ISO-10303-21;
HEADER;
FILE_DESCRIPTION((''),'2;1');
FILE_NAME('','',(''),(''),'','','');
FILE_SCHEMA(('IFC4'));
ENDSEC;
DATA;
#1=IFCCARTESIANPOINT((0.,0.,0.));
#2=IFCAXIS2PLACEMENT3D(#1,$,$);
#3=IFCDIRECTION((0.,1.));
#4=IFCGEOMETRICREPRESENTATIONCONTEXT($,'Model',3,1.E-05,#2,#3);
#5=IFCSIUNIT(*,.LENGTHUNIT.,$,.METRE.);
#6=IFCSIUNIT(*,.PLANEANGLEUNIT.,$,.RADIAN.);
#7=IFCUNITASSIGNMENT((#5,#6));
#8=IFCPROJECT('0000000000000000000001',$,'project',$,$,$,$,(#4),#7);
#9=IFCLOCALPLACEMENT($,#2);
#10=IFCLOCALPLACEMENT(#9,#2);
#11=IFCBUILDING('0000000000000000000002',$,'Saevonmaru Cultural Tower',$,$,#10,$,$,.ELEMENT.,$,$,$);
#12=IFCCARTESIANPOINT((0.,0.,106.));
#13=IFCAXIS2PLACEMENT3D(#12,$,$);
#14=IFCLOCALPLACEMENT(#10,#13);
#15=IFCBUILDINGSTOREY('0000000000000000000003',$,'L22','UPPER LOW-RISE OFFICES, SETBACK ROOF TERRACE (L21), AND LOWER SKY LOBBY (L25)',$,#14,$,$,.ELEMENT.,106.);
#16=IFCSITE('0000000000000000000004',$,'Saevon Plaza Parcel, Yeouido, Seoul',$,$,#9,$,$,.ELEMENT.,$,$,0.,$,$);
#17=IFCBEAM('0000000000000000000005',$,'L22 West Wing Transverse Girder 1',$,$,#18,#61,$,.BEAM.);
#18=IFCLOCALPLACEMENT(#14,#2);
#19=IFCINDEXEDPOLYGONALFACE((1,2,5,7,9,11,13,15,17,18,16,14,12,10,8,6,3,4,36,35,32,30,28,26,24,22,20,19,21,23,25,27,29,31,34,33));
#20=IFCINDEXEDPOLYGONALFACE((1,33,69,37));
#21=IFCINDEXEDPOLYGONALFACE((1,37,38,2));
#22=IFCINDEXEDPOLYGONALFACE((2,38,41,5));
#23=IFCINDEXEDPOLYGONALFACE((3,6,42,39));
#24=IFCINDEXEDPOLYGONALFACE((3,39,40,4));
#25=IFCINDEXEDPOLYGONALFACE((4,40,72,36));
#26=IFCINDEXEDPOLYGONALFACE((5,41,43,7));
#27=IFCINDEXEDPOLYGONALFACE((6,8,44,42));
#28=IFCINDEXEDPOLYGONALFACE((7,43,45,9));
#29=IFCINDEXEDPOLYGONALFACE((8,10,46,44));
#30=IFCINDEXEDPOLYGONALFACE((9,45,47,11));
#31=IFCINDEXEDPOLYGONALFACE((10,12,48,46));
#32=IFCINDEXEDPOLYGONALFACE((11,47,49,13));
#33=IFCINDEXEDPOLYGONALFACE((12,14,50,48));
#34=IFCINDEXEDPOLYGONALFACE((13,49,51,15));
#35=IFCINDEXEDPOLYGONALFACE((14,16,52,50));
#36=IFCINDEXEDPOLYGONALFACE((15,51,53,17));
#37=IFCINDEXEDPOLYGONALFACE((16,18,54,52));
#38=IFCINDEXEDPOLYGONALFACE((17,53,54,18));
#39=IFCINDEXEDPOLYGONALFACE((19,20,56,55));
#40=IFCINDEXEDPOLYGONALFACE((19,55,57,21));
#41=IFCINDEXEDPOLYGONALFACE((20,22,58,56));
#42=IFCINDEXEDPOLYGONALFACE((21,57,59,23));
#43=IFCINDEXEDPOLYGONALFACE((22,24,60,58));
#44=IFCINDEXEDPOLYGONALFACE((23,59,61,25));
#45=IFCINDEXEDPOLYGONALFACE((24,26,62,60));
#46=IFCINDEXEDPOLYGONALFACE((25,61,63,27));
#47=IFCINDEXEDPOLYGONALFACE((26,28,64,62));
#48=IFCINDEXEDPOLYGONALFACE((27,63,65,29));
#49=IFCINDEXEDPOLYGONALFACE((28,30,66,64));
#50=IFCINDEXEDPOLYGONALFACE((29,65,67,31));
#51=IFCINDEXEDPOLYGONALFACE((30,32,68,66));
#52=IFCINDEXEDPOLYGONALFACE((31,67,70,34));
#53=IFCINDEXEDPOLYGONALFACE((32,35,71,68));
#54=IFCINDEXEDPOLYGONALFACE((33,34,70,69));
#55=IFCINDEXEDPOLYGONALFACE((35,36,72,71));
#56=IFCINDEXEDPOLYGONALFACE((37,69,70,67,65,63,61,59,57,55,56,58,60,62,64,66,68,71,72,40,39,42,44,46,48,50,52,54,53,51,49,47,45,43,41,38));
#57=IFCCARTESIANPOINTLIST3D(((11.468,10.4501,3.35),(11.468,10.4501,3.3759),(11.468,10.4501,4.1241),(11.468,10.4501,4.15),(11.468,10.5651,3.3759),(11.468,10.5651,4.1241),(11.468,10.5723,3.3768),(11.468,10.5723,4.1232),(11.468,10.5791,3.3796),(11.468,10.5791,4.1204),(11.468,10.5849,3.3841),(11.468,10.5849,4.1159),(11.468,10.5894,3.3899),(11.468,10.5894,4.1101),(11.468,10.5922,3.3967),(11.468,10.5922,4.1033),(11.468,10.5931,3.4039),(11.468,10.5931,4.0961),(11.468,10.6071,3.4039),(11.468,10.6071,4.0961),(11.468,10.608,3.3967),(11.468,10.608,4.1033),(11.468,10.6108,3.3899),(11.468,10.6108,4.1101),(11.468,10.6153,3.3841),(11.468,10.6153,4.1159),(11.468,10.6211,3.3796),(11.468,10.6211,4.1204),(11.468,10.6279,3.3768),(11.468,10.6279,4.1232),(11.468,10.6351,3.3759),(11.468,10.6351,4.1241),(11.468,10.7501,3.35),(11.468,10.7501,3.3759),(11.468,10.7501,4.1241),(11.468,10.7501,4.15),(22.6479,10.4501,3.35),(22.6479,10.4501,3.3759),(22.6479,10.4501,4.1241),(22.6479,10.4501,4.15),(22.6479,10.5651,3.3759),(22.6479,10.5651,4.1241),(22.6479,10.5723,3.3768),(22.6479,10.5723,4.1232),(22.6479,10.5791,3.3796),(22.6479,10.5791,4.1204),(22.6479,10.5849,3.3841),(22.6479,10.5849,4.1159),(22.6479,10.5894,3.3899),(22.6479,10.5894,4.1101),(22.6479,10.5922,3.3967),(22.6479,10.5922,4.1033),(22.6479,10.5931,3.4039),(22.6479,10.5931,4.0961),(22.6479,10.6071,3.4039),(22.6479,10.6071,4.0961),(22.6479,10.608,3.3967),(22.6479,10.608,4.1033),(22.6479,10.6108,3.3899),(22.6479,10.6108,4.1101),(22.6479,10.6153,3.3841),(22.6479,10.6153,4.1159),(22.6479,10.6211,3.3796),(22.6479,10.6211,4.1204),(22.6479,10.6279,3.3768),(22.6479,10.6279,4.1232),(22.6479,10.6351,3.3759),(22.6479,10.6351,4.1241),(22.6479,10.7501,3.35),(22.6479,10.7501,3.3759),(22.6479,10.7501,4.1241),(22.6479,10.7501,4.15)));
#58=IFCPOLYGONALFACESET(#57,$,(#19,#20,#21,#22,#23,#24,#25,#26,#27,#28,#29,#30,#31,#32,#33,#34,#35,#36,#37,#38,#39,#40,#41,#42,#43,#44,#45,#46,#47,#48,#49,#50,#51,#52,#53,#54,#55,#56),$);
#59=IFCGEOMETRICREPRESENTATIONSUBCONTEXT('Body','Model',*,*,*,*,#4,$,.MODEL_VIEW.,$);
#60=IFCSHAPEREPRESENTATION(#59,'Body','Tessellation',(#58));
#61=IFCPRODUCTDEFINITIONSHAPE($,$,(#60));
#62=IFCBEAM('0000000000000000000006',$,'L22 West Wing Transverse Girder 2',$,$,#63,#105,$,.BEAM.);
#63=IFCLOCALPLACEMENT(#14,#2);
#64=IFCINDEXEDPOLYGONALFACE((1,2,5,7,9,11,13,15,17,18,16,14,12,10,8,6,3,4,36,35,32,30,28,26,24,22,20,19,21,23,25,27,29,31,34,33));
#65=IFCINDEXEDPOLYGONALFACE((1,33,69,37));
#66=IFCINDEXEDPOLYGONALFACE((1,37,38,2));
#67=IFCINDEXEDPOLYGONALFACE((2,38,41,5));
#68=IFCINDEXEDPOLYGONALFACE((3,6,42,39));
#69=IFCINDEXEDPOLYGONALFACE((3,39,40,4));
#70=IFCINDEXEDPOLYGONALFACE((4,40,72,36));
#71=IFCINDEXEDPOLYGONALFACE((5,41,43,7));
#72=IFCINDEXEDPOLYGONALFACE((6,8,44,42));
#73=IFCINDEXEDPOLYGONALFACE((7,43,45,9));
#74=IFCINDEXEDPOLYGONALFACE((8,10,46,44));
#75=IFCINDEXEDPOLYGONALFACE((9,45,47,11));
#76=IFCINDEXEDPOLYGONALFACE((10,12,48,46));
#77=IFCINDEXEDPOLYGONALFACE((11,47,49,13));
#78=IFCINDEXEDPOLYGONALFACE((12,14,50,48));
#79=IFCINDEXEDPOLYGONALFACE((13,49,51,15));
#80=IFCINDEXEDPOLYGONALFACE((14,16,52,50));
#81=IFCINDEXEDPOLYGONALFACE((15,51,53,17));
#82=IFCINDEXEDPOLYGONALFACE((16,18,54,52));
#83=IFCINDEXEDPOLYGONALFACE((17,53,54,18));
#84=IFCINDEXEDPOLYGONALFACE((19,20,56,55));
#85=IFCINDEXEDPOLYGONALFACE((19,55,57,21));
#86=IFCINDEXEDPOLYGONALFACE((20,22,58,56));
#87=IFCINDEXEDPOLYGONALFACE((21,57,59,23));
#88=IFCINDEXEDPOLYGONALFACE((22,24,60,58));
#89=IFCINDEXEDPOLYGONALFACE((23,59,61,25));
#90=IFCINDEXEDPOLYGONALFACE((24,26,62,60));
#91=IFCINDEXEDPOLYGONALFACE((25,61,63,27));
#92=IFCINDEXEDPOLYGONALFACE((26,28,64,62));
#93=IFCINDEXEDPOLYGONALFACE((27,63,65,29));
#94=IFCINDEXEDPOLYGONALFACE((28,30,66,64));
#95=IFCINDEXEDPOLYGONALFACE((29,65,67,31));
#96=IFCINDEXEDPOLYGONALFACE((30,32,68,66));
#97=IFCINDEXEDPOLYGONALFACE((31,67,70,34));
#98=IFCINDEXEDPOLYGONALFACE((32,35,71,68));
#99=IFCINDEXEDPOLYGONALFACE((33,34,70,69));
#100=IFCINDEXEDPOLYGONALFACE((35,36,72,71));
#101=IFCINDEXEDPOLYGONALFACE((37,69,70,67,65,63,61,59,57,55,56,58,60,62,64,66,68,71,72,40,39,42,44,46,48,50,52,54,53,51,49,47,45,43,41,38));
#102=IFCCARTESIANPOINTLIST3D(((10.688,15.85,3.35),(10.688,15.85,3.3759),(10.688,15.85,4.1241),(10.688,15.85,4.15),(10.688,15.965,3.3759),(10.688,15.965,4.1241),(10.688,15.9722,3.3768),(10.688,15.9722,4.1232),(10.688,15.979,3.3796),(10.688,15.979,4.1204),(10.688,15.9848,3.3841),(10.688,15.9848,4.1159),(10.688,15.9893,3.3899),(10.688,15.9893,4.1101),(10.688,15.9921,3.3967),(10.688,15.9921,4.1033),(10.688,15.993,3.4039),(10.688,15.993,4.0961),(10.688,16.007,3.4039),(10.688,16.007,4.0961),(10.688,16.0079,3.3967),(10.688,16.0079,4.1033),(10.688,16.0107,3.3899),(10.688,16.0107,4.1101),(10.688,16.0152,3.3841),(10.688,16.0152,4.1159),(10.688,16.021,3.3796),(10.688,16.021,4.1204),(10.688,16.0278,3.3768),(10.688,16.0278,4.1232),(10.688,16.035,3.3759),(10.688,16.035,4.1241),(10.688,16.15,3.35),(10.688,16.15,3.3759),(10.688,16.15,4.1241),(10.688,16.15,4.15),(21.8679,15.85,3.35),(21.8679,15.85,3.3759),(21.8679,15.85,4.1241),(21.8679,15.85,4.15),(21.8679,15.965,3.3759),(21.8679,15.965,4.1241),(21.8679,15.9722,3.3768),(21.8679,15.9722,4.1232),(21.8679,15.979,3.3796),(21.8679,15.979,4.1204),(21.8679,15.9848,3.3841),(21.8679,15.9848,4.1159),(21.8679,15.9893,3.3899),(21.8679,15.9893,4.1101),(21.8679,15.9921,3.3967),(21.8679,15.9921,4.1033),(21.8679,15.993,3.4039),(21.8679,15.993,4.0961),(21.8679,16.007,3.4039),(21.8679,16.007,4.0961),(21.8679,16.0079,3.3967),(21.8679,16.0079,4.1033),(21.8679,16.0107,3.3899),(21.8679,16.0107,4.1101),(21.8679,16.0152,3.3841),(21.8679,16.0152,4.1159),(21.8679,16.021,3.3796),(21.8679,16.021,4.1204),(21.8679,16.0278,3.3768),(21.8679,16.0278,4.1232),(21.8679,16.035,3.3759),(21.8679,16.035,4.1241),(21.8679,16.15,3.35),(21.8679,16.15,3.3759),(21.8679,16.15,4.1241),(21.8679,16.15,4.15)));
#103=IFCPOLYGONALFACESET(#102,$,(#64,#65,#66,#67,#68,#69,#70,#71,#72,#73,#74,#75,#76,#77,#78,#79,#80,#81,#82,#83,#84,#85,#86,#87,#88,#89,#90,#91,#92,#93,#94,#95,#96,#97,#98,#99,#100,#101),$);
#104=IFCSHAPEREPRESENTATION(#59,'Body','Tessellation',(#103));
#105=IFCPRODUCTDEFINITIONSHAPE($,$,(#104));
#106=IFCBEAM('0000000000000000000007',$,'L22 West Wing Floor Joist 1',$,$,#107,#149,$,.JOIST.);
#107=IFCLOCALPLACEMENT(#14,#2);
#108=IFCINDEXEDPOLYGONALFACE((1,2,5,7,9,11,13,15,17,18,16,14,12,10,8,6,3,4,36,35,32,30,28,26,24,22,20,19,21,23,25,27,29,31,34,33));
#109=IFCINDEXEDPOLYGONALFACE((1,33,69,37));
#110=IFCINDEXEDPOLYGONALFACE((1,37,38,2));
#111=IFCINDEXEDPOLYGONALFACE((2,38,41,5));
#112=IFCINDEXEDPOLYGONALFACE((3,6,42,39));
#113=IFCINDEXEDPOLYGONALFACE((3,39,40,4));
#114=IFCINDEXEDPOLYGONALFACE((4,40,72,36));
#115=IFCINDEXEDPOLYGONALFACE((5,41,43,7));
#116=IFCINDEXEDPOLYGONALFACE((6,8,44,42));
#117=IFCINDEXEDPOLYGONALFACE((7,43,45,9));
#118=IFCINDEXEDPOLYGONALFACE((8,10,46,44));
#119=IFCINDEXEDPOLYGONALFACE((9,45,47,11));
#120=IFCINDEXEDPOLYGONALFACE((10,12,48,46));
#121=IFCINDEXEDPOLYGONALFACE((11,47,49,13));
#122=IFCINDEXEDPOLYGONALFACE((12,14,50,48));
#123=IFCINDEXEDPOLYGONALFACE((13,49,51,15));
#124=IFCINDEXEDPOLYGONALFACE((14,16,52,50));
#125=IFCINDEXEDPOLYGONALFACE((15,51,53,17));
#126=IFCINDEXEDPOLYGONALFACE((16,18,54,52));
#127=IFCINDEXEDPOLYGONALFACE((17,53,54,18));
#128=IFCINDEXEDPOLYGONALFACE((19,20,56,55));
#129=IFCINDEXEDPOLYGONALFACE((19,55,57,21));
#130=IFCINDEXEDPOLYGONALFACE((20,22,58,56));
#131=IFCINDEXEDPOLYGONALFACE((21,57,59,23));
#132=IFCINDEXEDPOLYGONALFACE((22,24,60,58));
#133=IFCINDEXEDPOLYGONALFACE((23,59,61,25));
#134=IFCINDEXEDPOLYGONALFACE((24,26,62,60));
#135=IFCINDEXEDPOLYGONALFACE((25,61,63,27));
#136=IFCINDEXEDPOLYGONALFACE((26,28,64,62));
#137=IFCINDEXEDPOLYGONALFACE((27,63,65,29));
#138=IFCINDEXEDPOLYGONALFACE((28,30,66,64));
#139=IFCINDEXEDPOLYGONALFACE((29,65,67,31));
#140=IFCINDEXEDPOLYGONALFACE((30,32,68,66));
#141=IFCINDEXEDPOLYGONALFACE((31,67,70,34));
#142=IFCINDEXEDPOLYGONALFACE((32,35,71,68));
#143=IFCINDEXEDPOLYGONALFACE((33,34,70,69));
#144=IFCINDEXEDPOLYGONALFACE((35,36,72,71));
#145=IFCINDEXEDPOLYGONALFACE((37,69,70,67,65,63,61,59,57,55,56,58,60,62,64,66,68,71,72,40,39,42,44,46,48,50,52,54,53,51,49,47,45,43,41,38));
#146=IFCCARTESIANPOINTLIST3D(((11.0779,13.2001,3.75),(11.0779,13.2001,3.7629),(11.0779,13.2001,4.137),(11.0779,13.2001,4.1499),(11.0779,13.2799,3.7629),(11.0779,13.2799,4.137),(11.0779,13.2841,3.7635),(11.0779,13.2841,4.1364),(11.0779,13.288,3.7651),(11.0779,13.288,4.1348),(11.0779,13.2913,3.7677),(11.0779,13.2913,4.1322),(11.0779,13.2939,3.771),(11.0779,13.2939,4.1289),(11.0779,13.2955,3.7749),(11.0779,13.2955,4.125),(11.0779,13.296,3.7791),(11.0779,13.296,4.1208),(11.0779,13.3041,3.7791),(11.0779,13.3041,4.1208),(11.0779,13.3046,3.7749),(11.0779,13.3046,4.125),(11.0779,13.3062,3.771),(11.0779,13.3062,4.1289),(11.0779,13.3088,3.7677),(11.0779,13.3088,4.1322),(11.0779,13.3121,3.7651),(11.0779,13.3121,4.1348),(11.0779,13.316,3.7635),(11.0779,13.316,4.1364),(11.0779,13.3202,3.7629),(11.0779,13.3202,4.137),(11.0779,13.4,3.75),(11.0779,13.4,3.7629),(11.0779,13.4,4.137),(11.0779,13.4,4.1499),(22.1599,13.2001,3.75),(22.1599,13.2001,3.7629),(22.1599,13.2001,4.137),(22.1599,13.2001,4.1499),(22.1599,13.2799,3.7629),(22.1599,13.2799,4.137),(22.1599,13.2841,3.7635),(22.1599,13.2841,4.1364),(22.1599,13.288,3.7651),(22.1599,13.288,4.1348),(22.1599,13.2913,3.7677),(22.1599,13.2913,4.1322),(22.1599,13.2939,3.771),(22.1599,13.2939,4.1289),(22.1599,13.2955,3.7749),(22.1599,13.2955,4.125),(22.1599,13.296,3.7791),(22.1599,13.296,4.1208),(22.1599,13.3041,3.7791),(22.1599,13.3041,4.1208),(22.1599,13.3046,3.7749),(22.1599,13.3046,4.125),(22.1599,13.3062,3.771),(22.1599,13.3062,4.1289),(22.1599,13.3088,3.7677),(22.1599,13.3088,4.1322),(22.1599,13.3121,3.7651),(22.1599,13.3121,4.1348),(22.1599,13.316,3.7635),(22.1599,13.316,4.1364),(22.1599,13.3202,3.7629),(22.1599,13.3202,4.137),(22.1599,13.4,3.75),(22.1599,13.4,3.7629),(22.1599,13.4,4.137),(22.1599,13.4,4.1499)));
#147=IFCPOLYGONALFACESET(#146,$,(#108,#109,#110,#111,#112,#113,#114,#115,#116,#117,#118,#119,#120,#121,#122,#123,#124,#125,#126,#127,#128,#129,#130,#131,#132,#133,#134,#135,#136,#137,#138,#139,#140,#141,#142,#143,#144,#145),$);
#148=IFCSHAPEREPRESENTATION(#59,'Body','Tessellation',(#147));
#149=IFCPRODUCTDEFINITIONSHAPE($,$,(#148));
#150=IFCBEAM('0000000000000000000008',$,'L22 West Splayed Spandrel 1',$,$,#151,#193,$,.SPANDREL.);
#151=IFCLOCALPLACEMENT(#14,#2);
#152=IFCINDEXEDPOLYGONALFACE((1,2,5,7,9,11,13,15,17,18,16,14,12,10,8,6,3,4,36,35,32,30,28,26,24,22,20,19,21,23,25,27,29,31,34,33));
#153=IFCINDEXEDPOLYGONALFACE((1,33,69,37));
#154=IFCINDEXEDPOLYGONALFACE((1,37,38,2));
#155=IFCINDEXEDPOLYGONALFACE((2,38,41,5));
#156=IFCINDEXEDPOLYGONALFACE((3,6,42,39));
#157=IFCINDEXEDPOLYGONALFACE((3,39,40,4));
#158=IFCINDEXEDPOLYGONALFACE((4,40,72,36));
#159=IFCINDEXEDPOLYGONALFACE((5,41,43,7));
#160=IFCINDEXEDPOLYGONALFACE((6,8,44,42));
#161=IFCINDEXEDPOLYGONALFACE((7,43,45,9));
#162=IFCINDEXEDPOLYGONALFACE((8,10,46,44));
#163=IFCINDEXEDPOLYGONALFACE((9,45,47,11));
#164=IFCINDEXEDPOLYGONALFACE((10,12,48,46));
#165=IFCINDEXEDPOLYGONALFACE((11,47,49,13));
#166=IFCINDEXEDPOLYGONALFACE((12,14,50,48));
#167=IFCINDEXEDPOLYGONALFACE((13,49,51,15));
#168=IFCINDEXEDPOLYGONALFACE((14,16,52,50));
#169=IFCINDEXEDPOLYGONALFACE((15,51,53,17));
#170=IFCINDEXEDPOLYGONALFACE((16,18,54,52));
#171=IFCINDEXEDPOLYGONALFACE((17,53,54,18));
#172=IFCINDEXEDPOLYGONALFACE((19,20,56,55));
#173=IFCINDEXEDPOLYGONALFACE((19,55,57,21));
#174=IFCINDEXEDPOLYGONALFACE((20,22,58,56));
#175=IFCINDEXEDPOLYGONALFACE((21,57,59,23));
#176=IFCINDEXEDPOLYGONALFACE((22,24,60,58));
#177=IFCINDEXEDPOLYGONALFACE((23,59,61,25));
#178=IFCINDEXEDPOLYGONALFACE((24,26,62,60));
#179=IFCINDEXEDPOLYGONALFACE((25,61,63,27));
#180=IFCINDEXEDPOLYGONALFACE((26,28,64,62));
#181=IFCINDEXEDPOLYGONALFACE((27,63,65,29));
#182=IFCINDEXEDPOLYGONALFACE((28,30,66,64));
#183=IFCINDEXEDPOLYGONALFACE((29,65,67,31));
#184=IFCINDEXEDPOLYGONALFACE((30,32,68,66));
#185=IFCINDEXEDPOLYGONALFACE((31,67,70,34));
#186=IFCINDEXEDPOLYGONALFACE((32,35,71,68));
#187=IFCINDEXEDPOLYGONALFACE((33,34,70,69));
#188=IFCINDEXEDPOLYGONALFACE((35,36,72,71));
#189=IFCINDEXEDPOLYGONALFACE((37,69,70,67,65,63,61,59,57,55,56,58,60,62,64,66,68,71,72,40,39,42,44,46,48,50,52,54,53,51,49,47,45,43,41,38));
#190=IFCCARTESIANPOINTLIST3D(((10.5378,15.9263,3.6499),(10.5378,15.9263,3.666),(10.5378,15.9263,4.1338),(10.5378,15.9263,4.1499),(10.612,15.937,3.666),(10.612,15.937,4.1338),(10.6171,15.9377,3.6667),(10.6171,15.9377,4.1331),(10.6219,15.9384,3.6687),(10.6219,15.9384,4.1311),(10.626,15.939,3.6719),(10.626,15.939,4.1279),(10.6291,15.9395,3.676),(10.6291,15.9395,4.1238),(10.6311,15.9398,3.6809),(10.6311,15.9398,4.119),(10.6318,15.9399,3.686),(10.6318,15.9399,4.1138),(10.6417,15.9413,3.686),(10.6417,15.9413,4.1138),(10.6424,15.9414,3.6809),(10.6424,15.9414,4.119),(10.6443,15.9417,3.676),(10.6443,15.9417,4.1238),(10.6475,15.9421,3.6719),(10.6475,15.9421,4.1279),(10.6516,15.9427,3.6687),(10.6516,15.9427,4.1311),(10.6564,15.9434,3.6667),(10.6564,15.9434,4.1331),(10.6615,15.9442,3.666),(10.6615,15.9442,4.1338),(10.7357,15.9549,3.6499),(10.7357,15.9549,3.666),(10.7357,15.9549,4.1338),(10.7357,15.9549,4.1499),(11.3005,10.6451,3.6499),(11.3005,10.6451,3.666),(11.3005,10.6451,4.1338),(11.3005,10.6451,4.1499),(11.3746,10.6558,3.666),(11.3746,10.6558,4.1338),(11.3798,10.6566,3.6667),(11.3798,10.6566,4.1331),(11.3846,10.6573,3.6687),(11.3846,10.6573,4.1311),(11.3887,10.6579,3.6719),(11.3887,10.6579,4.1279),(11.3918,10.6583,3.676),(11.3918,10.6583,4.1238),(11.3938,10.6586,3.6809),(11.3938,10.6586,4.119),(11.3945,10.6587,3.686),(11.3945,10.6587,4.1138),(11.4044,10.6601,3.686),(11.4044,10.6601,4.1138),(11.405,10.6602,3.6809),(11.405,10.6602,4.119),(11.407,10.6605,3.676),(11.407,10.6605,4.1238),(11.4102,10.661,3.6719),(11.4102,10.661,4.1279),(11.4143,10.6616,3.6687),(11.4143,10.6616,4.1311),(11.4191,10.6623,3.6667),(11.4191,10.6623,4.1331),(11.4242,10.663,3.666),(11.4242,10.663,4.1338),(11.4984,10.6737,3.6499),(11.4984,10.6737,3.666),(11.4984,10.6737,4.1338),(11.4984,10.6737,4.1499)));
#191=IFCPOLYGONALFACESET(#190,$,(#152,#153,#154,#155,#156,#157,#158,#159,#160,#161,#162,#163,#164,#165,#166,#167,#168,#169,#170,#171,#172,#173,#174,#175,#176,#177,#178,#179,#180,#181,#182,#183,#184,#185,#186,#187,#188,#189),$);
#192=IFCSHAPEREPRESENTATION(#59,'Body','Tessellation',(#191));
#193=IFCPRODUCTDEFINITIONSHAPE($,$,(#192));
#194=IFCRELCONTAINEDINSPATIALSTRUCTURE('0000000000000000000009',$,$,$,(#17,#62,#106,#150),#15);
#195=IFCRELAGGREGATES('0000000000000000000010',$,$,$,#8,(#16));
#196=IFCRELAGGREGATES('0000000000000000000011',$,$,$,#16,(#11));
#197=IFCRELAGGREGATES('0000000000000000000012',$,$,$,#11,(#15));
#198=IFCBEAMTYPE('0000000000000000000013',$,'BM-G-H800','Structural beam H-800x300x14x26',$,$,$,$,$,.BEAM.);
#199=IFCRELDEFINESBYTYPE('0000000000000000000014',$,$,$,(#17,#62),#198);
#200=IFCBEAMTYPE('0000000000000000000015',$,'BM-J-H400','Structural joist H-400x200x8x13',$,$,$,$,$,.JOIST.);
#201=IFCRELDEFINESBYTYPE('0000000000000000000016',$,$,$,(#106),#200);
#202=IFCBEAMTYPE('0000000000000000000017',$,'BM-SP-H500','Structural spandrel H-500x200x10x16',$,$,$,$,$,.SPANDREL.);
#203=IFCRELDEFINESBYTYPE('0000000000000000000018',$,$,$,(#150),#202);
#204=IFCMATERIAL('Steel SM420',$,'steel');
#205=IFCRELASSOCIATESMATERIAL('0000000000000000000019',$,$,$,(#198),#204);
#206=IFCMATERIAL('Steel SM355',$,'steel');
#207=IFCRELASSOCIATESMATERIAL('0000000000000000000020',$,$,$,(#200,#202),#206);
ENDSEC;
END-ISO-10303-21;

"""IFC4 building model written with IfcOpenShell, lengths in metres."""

from ifc_helpers import new_model, si_unit, direction, frame, origin, origin_2d, place, context, subcontext, project, spatial, i_section, extrude, material, material_profile, profile_set, type_object, element, save


model = new_model("IFC4")

# Units and contexts
model_context = context("Model", 3, precision=1e-05, world=origin(), true_north=direction((0.0, 1.0)))
body_context = subcontext(model_context, "Body", "Model", "MODEL_VIEW")
ifc_project = project(units=[si_unit("LENGTHUNIT", "METRE"), si_unit("PLANEANGLEUNIT", "RADIAN")], contexts=[model_context])

# Site, building, storey
site_placement = place(None, origin())
site = spatial("IfcSite", under=ifc_project, at=site_placement, Name="Saevon Plaza Parcel, Yeouido, Seoul", CompositionType="ELEMENT", RefElevation=0.0)
building_placement = place(site_placement, origin())
building = spatial("IfcBuilding", under=site, at=building_placement, Name="Saevonmaru Cultural Tower", CompositionType="ELEMENT")
storey_placement = place(building_placement, frame((0.0, 0.0, 106.0)))
storey = spatial("IfcBuildingStorey", under=building, at=storey_placement, Name="L22", Description="UPPER LOW-RISE OFFICES, SETBACK ROOF TERRACE (L21), AND LOWER SKY LOBBY (L25)", CompositionType="ELEMENT", Elevation=106.0)

# Shared definitions
ifc_material_1 = material(Name="Steel SM420", Category="steel")
ifc_material_2 = material(Name="Steel SM355", Category="steel")

# Beams
ifc_material_profile_1 = material_profile(ifc_material_1, i_section(OverallWidth=0.3, OverallDepth=0.8, WebThickness=0.0139, FlangeThickness=0.0259, FilletRadius=0.0281, at=origin_2d()), Name="H-800x300x14x26")
ifc_profile_set_1 = profile_set([ifc_material_profile_1], Name="Steel SM420")
beam_type_1 = type_object("IfcBeamType", Name="BM-G-H800", Description="Structural beam H-800x300x14x26", PredefinedType="BEAM", material=ifc_profile_set_1)
for number, where, z_axis, x_axis, name in (
    (1, (11.468, 10.6001, 3.75), (1.0, 0.0, 0.0), (0.0, 1.0, 0.0), "L22 West Wing Transverse Girder 1"),
    (2, (10.688, 16.0, 3.75), (1.0, 0.0, 0.0), (0.0, 1.0, 0.0), "L22 West Wing Transverse Girder 2"),
):
    element("IfcBeam", number, at=place(storey_placement, frame(where, z_axis=z_axis, x_axis=x_axis)), inside=storey, type_object=beam_type_1, Name=name, PredefinedType="BEAM", context=body_context, shape_type="SweptSolid", body=[
        extrude(i_section(OverallWidth=0.3, OverallDepth=0.8, WebThickness=0.0139, FlangeThickness=0.0259, FilletRadius=0.0281, at=origin_2d()), origin(), (0.0, 0.0, 1.0), 11.1799),
    ])
ifc_material_profile_2 = material_profile(ifc_material_2, i_section(OverallWidth=0.2, OverallDepth=0.3999, WebThickness=0.0081, FlangeThickness=0.0129, FilletRadius=0.0161, at=origin_2d()), Name="H-400x200x8x13")
ifc_profile_set_2 = profile_set([ifc_material_profile_2], Name="Steel SM355")
beam_type_2 = type_object("IfcBeamType", Name="BM-J-H400", Description="Structural joist H-400x200x8x13", PredefinedType="JOIST", material=ifc_profile_set_2)
beam_1_placement = place(storey_placement, frame((11.0779, 13.3, 3.95), z_axis=(1.0, 0.0, 0.0), x_axis=(0.0, 1.0, 0.0)))
element("IfcBeam", 3, at=beam_1_placement, inside=storey, type_object=beam_type_2, Name="L22 West Wing Floor Joist 1", PredefinedType="JOIST", context=body_context, shape_type="SweptSolid", body=[
    extrude(i_section(OverallWidth=0.2, OverallDepth=0.3999, WebThickness=0.0081, FlangeThickness=0.0129, FilletRadius=0.0161, at=origin_2d()), origin(), (0.0, 0.0, 1.0), 11.082),
])
ifc_material_profile_3 = material_profile(ifc_material_2, i_section(OverallWidth=0.2, OverallDepth=0.5, WebThickness=0.01, FlangeThickness=0.0161, FilletRadius=0.02, at=origin_2d()), Name="H-500x200x10x16")
ifc_profile_set_3 = profile_set([ifc_material_profile_3], Name="Steel SM355")
beam_type_3 = type_object("IfcBeamType", Name="BM-SP-H500", Description="Structural spandrel H-500x200x10x16", PredefinedType="SPANDREL", material=ifc_profile_set_3)
beam_2_placement = place(storey_placement, frame((11.3994, 10.6594, 3.8999), z_axis=(-0.142933, 0.989732, 0.0), x_axis=(-0.989732, -0.142933, 0.0)))
element("IfcBeam", 4, at=beam_2_placement, inside=storey, type_object=beam_type_3, Name="L22 West Splayed Spandrel 1", PredefinedType="SPANDREL", context=body_context, shape_type="SweptSolid", body=[
    extrude(i_section(OverallWidth=0.2, OverallDepth=0.5, WebThickness=0.01, FlangeThickness=0.0161, FilletRadius=0.02, at=origin_2d()), origin(), (0.0, 0.0, 1.0), 5.3359),
])

save(model, "model.ifc")
